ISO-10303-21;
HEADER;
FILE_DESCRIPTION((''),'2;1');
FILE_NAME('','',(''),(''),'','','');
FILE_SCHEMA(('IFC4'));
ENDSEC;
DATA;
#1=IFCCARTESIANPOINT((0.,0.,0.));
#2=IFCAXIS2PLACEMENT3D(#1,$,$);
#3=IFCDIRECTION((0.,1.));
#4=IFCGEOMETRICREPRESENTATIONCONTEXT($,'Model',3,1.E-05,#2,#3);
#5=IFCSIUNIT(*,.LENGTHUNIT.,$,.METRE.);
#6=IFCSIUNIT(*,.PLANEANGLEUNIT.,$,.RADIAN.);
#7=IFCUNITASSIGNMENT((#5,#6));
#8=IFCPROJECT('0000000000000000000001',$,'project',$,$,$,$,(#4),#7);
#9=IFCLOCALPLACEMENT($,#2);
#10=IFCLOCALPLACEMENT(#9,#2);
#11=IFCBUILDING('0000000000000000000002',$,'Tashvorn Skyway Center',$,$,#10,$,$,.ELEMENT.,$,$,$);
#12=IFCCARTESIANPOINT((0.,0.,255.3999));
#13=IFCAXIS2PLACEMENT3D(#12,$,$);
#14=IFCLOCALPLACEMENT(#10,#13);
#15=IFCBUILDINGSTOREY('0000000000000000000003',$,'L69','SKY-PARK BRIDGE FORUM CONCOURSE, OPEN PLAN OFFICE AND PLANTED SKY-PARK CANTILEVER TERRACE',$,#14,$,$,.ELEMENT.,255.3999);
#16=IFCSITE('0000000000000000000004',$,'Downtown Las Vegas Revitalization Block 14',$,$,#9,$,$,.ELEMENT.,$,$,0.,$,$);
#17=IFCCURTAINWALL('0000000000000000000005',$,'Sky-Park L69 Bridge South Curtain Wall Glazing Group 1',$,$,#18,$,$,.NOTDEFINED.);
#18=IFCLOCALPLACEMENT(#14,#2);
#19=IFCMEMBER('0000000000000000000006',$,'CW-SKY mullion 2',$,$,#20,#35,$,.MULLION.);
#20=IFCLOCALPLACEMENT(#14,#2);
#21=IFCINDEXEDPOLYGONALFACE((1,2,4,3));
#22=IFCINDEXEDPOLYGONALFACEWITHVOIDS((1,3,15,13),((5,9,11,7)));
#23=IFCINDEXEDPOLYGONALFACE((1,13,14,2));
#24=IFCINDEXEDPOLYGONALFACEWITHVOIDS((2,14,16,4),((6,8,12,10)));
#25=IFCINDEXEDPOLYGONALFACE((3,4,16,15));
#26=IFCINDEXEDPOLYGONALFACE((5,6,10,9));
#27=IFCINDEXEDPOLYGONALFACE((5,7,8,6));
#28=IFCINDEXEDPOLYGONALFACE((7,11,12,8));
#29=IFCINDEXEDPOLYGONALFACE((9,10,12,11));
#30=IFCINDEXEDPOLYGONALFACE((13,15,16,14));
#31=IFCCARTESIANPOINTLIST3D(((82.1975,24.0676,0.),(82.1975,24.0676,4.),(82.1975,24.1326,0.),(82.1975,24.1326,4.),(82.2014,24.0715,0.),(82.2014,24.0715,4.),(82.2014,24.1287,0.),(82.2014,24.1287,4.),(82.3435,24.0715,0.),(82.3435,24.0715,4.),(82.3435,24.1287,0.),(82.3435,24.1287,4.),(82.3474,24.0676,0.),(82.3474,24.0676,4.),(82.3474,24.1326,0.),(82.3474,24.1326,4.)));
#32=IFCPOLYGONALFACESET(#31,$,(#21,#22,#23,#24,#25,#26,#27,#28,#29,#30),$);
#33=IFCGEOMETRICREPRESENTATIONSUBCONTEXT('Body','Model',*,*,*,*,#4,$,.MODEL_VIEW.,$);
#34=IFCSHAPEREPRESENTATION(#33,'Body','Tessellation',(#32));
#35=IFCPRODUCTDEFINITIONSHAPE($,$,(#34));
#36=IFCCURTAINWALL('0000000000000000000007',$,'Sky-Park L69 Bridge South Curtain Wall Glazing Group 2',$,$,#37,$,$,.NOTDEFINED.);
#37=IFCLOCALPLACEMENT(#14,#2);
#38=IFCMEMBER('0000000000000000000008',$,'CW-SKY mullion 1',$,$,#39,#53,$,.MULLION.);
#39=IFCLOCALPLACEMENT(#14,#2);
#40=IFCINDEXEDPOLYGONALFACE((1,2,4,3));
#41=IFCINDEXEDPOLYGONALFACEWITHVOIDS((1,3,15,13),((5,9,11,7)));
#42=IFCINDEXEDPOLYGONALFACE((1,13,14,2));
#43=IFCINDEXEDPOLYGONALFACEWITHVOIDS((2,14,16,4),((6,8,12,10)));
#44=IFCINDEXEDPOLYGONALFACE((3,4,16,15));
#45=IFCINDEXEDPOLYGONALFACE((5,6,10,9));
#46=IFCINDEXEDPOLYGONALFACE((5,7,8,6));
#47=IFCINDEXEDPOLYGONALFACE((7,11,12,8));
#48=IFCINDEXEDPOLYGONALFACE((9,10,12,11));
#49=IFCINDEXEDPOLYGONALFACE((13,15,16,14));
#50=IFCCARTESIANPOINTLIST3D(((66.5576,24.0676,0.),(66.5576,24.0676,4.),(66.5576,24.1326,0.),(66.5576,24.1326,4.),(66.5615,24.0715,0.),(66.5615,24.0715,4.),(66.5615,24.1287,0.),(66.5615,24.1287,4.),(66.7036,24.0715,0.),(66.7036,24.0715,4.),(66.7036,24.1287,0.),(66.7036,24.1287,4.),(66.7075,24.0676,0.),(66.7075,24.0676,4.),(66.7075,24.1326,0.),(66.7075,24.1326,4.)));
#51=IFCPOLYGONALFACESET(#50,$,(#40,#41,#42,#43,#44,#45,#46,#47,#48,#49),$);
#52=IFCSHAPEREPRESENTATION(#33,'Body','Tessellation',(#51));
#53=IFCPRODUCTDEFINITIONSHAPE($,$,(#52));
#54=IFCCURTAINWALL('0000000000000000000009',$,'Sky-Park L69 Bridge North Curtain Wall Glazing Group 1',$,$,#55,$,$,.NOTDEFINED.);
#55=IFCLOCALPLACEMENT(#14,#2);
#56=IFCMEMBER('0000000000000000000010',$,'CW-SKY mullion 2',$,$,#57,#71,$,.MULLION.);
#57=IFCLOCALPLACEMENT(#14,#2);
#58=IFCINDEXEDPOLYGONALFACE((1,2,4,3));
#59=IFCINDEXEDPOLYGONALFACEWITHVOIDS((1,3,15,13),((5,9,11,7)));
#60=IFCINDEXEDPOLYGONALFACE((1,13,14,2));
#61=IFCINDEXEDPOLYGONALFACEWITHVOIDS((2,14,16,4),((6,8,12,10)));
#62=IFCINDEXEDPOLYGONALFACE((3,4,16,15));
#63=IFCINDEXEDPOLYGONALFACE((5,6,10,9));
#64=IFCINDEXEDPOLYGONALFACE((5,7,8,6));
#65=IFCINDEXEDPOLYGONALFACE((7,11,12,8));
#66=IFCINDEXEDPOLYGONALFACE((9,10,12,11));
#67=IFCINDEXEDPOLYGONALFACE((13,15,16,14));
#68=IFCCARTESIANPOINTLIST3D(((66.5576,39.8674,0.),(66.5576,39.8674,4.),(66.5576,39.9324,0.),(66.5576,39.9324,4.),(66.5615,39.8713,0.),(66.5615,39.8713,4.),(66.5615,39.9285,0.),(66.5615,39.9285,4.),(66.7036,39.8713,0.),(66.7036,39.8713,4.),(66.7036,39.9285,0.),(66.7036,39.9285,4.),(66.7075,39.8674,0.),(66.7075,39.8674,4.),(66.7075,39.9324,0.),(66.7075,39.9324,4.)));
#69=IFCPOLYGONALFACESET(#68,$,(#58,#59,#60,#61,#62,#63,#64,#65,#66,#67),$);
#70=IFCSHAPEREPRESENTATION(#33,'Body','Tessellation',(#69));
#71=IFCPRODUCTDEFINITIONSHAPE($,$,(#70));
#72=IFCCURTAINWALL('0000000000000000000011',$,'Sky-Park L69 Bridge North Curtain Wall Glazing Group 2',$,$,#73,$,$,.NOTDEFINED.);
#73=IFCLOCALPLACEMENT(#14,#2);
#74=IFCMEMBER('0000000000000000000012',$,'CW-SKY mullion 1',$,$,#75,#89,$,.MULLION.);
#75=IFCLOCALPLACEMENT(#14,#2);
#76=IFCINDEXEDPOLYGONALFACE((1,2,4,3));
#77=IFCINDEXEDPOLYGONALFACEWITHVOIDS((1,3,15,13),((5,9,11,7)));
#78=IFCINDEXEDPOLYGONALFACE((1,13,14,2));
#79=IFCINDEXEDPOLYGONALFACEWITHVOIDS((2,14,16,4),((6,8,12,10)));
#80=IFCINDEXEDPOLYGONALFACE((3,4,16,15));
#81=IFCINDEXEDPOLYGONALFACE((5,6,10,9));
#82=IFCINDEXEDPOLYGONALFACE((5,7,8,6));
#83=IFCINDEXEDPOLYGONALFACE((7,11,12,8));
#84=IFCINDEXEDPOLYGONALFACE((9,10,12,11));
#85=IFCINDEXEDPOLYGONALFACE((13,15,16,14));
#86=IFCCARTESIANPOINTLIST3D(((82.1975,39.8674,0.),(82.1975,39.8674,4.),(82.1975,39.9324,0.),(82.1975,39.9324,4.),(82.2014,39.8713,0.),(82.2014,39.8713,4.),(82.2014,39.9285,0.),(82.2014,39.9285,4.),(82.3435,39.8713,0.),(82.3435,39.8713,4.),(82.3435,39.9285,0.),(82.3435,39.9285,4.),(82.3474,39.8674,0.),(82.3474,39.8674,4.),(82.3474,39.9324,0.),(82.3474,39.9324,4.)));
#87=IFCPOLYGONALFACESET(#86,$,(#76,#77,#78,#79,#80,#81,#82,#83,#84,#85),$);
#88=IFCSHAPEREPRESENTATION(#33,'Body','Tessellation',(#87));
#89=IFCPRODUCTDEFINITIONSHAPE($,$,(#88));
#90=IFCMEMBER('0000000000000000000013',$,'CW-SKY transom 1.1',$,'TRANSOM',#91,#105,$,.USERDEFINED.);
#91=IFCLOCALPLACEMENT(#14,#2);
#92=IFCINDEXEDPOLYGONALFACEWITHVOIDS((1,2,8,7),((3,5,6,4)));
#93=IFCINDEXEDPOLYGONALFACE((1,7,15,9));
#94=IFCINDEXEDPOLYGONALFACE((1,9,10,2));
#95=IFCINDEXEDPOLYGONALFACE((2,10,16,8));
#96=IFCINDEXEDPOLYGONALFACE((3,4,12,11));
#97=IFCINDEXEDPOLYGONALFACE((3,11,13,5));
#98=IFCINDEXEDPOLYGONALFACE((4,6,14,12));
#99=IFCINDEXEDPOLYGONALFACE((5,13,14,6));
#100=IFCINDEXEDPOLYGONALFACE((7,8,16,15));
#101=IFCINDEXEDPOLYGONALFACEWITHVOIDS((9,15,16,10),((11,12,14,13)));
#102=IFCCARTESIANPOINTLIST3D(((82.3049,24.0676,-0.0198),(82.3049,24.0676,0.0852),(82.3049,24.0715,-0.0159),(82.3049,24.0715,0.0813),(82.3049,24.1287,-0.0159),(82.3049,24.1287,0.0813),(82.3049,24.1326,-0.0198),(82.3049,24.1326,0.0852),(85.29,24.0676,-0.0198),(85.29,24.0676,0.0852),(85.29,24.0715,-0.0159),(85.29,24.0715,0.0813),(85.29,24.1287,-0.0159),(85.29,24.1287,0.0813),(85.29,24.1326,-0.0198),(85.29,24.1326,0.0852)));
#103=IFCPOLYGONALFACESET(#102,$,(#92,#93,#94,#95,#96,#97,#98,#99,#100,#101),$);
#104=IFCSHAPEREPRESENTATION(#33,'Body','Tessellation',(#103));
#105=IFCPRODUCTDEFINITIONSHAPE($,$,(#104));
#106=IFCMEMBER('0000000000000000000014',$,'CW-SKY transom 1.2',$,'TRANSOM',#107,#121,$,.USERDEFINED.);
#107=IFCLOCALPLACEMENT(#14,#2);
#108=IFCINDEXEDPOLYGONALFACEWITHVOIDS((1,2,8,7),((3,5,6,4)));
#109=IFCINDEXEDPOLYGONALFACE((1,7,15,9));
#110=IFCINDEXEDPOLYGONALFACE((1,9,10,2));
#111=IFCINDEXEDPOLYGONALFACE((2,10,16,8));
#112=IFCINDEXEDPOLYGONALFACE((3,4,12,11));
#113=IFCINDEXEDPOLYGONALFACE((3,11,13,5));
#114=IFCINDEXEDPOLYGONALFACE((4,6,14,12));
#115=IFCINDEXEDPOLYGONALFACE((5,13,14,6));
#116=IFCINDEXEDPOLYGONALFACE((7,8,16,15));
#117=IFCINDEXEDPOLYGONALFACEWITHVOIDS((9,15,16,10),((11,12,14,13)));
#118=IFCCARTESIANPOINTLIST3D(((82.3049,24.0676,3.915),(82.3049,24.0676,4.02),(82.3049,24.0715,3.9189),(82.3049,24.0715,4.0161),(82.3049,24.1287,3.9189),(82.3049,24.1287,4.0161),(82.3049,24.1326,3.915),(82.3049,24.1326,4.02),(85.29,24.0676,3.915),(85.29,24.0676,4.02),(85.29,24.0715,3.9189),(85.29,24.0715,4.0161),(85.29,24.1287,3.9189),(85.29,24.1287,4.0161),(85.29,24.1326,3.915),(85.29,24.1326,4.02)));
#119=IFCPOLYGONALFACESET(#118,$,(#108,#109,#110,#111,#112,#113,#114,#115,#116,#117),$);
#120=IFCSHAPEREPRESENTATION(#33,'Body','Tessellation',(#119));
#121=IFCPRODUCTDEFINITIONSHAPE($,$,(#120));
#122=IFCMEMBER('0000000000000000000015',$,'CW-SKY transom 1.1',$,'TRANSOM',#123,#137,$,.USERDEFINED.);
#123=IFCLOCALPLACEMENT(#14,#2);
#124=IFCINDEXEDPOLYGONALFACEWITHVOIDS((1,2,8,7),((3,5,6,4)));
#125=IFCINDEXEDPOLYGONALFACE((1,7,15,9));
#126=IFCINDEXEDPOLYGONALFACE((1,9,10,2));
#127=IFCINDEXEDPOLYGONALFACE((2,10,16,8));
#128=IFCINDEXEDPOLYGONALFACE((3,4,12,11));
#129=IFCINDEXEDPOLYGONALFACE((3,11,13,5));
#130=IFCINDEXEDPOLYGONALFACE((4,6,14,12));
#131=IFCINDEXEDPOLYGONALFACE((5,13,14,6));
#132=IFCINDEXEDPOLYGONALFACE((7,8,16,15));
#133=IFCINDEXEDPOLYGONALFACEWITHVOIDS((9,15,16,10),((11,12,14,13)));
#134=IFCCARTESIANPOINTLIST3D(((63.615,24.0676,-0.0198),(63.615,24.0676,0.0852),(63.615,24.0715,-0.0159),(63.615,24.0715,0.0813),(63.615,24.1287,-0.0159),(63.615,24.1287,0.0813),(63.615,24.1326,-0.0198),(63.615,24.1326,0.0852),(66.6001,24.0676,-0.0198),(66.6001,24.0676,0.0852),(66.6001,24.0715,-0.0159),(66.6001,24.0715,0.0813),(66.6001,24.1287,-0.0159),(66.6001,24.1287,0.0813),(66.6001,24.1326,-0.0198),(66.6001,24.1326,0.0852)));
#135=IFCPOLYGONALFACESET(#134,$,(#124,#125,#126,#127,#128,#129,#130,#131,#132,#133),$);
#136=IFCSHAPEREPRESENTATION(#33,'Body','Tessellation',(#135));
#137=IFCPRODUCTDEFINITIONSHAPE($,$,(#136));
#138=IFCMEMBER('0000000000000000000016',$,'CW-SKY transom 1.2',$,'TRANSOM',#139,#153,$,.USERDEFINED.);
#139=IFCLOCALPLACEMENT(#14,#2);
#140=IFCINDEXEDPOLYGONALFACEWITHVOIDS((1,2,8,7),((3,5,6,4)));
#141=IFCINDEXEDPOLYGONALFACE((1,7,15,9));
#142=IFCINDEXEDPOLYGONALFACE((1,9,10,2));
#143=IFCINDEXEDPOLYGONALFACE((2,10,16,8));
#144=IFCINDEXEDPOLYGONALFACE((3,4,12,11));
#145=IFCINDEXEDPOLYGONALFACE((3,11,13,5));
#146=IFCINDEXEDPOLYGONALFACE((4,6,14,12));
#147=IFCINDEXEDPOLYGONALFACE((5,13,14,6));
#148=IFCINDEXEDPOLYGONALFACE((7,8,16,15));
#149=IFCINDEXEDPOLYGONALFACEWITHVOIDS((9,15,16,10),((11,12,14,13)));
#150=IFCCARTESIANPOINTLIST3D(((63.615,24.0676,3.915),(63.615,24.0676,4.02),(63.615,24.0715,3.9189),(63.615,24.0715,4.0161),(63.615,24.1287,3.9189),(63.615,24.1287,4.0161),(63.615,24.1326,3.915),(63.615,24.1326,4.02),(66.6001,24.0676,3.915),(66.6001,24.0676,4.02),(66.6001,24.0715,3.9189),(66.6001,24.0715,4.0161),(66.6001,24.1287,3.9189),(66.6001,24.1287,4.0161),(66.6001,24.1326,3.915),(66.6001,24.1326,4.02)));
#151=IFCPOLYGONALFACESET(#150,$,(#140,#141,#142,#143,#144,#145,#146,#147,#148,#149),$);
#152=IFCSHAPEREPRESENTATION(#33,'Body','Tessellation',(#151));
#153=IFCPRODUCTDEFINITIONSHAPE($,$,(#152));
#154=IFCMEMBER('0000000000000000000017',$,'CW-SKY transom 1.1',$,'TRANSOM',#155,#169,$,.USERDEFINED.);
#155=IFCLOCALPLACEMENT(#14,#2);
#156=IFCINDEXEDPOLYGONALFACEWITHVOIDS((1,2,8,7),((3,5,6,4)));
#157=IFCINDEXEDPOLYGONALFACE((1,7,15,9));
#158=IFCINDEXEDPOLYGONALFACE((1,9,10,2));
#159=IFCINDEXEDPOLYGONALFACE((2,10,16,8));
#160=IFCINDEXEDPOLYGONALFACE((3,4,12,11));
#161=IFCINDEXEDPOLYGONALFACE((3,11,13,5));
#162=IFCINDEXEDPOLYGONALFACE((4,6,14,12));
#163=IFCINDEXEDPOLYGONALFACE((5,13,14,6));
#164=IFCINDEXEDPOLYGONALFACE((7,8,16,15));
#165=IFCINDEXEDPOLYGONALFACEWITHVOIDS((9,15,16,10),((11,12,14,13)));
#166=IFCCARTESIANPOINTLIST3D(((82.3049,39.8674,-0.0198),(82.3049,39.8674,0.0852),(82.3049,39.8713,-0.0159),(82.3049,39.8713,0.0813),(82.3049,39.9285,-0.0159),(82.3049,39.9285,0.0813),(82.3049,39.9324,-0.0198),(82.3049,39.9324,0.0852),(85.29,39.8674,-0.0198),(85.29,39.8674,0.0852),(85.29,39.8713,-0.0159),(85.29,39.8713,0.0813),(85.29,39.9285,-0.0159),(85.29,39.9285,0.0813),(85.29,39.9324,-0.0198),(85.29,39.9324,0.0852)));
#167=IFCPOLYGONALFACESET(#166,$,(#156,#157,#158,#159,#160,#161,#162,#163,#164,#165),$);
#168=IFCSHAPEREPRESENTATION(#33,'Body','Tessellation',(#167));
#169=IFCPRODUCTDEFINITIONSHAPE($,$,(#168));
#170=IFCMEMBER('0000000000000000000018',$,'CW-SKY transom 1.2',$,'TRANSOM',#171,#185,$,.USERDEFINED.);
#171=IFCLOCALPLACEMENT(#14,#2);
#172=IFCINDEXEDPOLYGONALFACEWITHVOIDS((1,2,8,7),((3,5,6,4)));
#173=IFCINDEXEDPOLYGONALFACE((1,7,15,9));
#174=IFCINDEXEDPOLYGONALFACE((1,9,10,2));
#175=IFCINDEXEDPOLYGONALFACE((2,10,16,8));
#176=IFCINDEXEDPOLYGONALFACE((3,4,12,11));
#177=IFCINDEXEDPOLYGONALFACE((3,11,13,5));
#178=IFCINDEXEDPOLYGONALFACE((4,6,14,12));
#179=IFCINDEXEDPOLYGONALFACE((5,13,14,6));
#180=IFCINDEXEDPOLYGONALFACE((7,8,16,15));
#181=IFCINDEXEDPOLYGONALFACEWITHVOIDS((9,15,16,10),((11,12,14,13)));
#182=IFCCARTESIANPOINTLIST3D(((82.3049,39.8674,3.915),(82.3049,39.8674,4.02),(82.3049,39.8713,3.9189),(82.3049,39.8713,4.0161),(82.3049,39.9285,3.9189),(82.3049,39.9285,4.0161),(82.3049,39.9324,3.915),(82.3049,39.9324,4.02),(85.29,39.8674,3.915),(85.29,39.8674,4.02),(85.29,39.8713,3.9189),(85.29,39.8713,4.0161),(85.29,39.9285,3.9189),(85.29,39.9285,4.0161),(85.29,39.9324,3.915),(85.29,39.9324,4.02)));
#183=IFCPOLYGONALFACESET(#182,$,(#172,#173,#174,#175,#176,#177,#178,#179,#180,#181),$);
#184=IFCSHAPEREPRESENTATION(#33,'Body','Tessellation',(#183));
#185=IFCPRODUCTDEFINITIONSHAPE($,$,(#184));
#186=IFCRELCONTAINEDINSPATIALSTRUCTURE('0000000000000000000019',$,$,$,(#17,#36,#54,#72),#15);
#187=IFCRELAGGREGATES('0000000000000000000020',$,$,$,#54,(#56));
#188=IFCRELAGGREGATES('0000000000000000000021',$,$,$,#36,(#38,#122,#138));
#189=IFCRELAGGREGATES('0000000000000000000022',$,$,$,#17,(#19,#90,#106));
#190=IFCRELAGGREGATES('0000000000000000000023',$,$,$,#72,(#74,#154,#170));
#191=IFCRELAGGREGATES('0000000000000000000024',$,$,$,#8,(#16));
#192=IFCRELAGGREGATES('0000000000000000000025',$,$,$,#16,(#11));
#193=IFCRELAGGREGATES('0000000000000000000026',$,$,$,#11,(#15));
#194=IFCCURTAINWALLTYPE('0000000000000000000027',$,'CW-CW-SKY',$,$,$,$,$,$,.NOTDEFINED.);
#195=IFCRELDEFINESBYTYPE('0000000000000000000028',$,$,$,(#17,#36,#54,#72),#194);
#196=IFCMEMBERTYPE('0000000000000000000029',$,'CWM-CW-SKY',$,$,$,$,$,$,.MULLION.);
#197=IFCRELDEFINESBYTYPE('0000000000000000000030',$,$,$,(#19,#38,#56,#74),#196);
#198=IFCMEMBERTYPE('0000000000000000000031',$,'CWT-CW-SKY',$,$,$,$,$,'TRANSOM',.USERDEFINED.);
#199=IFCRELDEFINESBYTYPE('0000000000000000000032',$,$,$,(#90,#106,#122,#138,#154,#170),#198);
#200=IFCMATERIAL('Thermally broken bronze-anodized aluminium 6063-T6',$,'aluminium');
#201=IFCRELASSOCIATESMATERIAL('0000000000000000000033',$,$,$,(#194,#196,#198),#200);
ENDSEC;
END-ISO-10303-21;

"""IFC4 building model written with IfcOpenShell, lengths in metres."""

from ifc_helpers import new_model, si_unit, direction, frame, origin, origin_2d, place, context, subcontext, project, spatial, hollow_rectangle, extrude, material, material_profile, profile_set, type_object, element, aggregate, save


model = new_model("IFC4")

# Units and contexts
model_context = context("Model", 3, precision=1e-05, world=origin(), true_north=direction((0.0, 1.0)))
body_context = subcontext(model_context, "Body", "Model", "MODEL_VIEW")
ifc_project = project(units=[si_unit("LENGTHUNIT", "METRE"), si_unit("PLANEANGLEUNIT", "RADIAN")], contexts=[model_context])

# Site, building, storey
site_placement = place(None, origin())
site = spatial("IfcSite", under=ifc_project, at=site_placement, Name="Downtown Las Vegas Revitalization Block 14", CompositionType="ELEMENT", RefElevation=0.0)
building_placement = place(site_placement, origin())
building = spatial("IfcBuilding", under=site, at=building_placement, Name="Tashvorn Skyway Center", CompositionType="ELEMENT")
storey_placement = place(building_placement, frame((0.0, 0.0, 255.3999)))
storey = spatial("IfcBuildingStorey", under=building, at=storey_placement, Name="L69", Description="SKY-PARK BRIDGE FORUM CONCOURSE, OPEN PLAN OFFICE AND PLANTED SKY-PARK CANTILEVER TERRACE", CompositionType="ELEMENT", Elevation=255.3999)

# Curtain walls, members
ifc_material_1 = material(Name="Thermally broken bronze-anodized aluminium 6063-T6", Category="aluminium")
curtain_wall_type = type_object("IfcCurtainWallType", Name="CW-CW-SKY", PredefinedType="NOTDEFINED", material=ifc_material_1)
curtain_wall_1_placement = place(storey_placement, origin())
curtain_wall_1 = element("IfcCurtainWall", 1, at=curtain_wall_1_placement, inside=storey, type_object=curtain_wall_type, Name="Sky-Park L69 Bridge South Curtain Wall Glazing Group 1", PredefinedType="NOTDEFINED")
ifc_material_profile_1 = material_profile(ifc_material_1, hollow_rectangle(XDim=0.0649, YDim=0.1499, WallThickness=0.0039, at=origin_2d()), Name="ALU-MULL-65x150")
ifc_profile_set_1 = profile_set([ifc_material_profile_1], Name="Thermally broken bronze-anodized aluminium 6063-T6")
member_type_1 = type_object("IfcMemberType", Name="CWM-CW-SKY", PredefinedType="MULLION", material=ifc_profile_set_1)
member_1_placement = place(storey_placement, frame((82.2725, 24.1001, 0.0), z_axis=(0.0, 0.0, 1.0), x_axis=(0.0, -1.0, 0.0)))
member_1 = element("IfcMember", 2, at=member_1_placement, type_object=member_type_1, Name="CW-SKY mullion 2", PredefinedType="MULLION", context=body_context, shape_type="SweptSolid", body=[
    extrude(hollow_rectangle(XDim=0.0649, YDim=0.1499, WallThickness=0.0039, at=origin_2d()), origin(), (0.0, 0.0, 1.0), 4.0),
])
curtain_wall_2_placement = place(storey_placement, origin())
curtain_wall_2 = element("IfcCurtainWall", 3, at=curtain_wall_2_placement, inside=storey, type_object=curtain_wall_type, Name="Sky-Park L69 Bridge South Curtain Wall Glazing Group 2", PredefinedType="NOTDEFINED")
member_2_placement = place(storey_placement, frame((66.6326, 24.1001, 0.0), z_axis=(0.0, 0.0, 1.0), x_axis=(0.0, -1.0, 0.0)))
member_2 = element("IfcMember", 4, at=member_2_placement, type_object=member_type_1, Name="CW-SKY mullion 1", PredefinedType="MULLION", context=body_context, shape_type="SweptSolid", body=[
    extrude(hollow_rectangle(XDim=0.0649, YDim=0.1499, WallThickness=0.0039, at=origin_2d()), origin(), (0.0, 0.0, 1.0), 4.0),
])
curtain_wall_3_placement = place(storey_placement, origin())
curtain_wall_3 = element("IfcCurtainWall", 5, at=curtain_wall_3_placement, inside=storey, type_object=curtain_wall_type, Name="Sky-Park L69 Bridge North Curtain Wall Glazing Group 1", PredefinedType="NOTDEFINED")
member_3_placement = place(storey_placement, frame((66.6326, 39.8999, 0.0), z_axis=(0.0, 0.0, 1.0), x_axis=(0.0, 1.0, 0.0)))
member_3 = element("IfcMember", 6, at=member_3_placement, type_object=member_type_1, Name="CW-SKY mullion 2", PredefinedType="MULLION", context=body_context, shape_type="SweptSolid", body=[
    extrude(hollow_rectangle(XDim=0.0649, YDim=0.1499, WallThickness=0.0039, at=origin_2d()), origin(), (0.0, 0.0, 1.0), 4.0),
])
aggregate(curtain_wall_3, [member_3])
curtain_wall_4_placement = place(storey_placement, origin())
curtain_wall_4 = element("IfcCurtainWall", 7, at=curtain_wall_4_placement, inside=storey, type_object=curtain_wall_type, Name="Sky-Park L69 Bridge North Curtain Wall Glazing Group 2", PredefinedType="NOTDEFINED")
member_4_placement = place(storey_placement, frame((82.2725, 39.8999, 0.0), z_axis=(0.0, 0.0, 1.0), x_axis=(0.0, 1.0, 0.0)))
member_4 = element("IfcMember", 8, at=member_4_placement, type_object=member_type_1, Name="CW-SKY mullion 1", PredefinedType="MULLION", context=body_context, shape_type="SweptSolid", body=[
    extrude(hollow_rectangle(XDim=0.0649, YDim=0.1499, WallThickness=0.0039, at=origin_2d()), origin(), (0.0, 0.0, 1.0), 4.0),
])

# Members
ifc_material_profile_2 = material_profile(ifc_material_1, hollow_rectangle(XDim=0.0649, YDim=0.105, WallThickness=0.0039, at=origin_2d()), Name="ALU-TRAN-65x105")
ifc_profile_set_2 = profile_set([ifc_material_profile_2], Name="Thermally broken bronze-anodized aluminium 6063-T6")
member_type_2 = type_object("IfcMemberType", Name="CWT-CW-SKY", ElementType="TRANSOM", PredefinedType="USERDEFINED", material=ifc_profile_set_2)
member_5_placement = place(storey_placement, frame((85.29, 24.1001, 0.0327), z_axis=(-1.0, 0.0, 0.0), x_axis=(0.0, -1.0, 0.0)))
member_5 = element("IfcMember", 9, at=member_5_placement, type_object=member_type_2, Name="CW-SKY transom 1.1", ObjectType="TRANSOM", PredefinedType="USERDEFINED", context=body_context, shape_type="SweptSolid", body=[
    extrude(hollow_rectangle(XDim=0.0649, YDim=0.105, WallThickness=0.0039, at=origin_2d()), origin(), (0.0, 0.0, 1.0), 2.9851),
])
member_6_placement = place(storey_placement, frame((85.29, 24.1001, 3.9675), z_axis=(-1.0, 0.0, 0.0), x_axis=(0.0, -1.0, 0.0)))
member_6 = element("IfcMember", 10, at=member_6_placement, type_object=member_type_2, Name="CW-SKY transom 1.2", ObjectType="TRANSOM", PredefinedType="USERDEFINED", context=body_context, shape_type="SweptSolid", body=[
    extrude(hollow_rectangle(XDim=0.0649, YDim=0.105, WallThickness=0.0039, at=origin_2d()), origin(), (0.0, 0.0, 1.0), 2.9851),
])
member_7_placement = place(storey_placement, frame((66.6001, 24.1001, 0.0327), z_axis=(-1.0, 0.0, 0.0), x_axis=(0.0, -1.0, 0.0)))
member_7 = element("IfcMember", 11, at=member_7_placement, type_object=member_type_2, Name="CW-SKY transom 1.1", ObjectType="TRANSOM", PredefinedType="USERDEFINED", context=body_context, shape_type="SweptSolid", body=[
    extrude(hollow_rectangle(XDim=0.0649, YDim=0.105, WallThickness=0.0039, at=origin_2d()), origin(), (0.0, 0.0, 1.0), 2.9851),
])
member_8_placement = place(storey_placement, frame((66.6001, 24.1001, 3.9675), z_axis=(-1.0, 0.0, 0.0), x_axis=(0.0, -1.0, 0.0)))
member_8 = element("IfcMember", 12, at=member_8_placement, type_object=member_type_2, Name="CW-SKY transom 1.2", ObjectType="TRANSOM", PredefinedType="USERDEFINED", context=body_context, shape_type="SweptSolid", body=[
    extrude(hollow_rectangle(XDim=0.0649, YDim=0.105, WallThickness=0.0039, at=origin_2d()), origin(), (0.0, 0.0, 1.0), 2.9851),
])
aggregate(curtain_wall_2, [member_2, member_7, member_8])
member_9_placement = place(storey_placement, frame((82.3049, 39.8999, 0.0327), z_axis=(1.0, 0.0, 0.0), x_axis=(0.0, 1.0, 0.0)))
member_9 = element("IfcMember", 13, at=member_9_placement, type_object=member_type_2, Name="CW-SKY transom 1.1", ObjectType="TRANSOM", PredefinedType="USERDEFINED", context=body_context, shape_type="SweptSolid", body=[
    extrude(hollow_rectangle(XDim=0.0649, YDim=0.105, WallThickness=0.0039, at=origin_2d()), origin(), (0.0, 0.0, 1.0), 2.9851),
])
member_10_placement = place(storey_placement, frame((82.3049, 39.8999, 3.9675), z_axis=(1.0, 0.0, 0.0), x_axis=(0.0, 1.0, 0.0)))
member_10 = element("IfcMember", 14, at=member_10_placement, type_object=member_type_2, Name="CW-SKY transom 1.2", ObjectType="TRANSOM", PredefinedType="USERDEFINED", context=body_context, shape_type="SweptSolid", body=[
    extrude(hollow_rectangle(XDim=0.0649, YDim=0.105, WallThickness=0.0039, at=origin_2d()), origin(), (0.0, 0.0, 1.0), 2.9851),
])

aggregate(curtain_wall_1, [member_1, member_5, member_6])
aggregate(curtain_wall_4, [member_4, member_9, member_10])

save(model, "model.ifc")
